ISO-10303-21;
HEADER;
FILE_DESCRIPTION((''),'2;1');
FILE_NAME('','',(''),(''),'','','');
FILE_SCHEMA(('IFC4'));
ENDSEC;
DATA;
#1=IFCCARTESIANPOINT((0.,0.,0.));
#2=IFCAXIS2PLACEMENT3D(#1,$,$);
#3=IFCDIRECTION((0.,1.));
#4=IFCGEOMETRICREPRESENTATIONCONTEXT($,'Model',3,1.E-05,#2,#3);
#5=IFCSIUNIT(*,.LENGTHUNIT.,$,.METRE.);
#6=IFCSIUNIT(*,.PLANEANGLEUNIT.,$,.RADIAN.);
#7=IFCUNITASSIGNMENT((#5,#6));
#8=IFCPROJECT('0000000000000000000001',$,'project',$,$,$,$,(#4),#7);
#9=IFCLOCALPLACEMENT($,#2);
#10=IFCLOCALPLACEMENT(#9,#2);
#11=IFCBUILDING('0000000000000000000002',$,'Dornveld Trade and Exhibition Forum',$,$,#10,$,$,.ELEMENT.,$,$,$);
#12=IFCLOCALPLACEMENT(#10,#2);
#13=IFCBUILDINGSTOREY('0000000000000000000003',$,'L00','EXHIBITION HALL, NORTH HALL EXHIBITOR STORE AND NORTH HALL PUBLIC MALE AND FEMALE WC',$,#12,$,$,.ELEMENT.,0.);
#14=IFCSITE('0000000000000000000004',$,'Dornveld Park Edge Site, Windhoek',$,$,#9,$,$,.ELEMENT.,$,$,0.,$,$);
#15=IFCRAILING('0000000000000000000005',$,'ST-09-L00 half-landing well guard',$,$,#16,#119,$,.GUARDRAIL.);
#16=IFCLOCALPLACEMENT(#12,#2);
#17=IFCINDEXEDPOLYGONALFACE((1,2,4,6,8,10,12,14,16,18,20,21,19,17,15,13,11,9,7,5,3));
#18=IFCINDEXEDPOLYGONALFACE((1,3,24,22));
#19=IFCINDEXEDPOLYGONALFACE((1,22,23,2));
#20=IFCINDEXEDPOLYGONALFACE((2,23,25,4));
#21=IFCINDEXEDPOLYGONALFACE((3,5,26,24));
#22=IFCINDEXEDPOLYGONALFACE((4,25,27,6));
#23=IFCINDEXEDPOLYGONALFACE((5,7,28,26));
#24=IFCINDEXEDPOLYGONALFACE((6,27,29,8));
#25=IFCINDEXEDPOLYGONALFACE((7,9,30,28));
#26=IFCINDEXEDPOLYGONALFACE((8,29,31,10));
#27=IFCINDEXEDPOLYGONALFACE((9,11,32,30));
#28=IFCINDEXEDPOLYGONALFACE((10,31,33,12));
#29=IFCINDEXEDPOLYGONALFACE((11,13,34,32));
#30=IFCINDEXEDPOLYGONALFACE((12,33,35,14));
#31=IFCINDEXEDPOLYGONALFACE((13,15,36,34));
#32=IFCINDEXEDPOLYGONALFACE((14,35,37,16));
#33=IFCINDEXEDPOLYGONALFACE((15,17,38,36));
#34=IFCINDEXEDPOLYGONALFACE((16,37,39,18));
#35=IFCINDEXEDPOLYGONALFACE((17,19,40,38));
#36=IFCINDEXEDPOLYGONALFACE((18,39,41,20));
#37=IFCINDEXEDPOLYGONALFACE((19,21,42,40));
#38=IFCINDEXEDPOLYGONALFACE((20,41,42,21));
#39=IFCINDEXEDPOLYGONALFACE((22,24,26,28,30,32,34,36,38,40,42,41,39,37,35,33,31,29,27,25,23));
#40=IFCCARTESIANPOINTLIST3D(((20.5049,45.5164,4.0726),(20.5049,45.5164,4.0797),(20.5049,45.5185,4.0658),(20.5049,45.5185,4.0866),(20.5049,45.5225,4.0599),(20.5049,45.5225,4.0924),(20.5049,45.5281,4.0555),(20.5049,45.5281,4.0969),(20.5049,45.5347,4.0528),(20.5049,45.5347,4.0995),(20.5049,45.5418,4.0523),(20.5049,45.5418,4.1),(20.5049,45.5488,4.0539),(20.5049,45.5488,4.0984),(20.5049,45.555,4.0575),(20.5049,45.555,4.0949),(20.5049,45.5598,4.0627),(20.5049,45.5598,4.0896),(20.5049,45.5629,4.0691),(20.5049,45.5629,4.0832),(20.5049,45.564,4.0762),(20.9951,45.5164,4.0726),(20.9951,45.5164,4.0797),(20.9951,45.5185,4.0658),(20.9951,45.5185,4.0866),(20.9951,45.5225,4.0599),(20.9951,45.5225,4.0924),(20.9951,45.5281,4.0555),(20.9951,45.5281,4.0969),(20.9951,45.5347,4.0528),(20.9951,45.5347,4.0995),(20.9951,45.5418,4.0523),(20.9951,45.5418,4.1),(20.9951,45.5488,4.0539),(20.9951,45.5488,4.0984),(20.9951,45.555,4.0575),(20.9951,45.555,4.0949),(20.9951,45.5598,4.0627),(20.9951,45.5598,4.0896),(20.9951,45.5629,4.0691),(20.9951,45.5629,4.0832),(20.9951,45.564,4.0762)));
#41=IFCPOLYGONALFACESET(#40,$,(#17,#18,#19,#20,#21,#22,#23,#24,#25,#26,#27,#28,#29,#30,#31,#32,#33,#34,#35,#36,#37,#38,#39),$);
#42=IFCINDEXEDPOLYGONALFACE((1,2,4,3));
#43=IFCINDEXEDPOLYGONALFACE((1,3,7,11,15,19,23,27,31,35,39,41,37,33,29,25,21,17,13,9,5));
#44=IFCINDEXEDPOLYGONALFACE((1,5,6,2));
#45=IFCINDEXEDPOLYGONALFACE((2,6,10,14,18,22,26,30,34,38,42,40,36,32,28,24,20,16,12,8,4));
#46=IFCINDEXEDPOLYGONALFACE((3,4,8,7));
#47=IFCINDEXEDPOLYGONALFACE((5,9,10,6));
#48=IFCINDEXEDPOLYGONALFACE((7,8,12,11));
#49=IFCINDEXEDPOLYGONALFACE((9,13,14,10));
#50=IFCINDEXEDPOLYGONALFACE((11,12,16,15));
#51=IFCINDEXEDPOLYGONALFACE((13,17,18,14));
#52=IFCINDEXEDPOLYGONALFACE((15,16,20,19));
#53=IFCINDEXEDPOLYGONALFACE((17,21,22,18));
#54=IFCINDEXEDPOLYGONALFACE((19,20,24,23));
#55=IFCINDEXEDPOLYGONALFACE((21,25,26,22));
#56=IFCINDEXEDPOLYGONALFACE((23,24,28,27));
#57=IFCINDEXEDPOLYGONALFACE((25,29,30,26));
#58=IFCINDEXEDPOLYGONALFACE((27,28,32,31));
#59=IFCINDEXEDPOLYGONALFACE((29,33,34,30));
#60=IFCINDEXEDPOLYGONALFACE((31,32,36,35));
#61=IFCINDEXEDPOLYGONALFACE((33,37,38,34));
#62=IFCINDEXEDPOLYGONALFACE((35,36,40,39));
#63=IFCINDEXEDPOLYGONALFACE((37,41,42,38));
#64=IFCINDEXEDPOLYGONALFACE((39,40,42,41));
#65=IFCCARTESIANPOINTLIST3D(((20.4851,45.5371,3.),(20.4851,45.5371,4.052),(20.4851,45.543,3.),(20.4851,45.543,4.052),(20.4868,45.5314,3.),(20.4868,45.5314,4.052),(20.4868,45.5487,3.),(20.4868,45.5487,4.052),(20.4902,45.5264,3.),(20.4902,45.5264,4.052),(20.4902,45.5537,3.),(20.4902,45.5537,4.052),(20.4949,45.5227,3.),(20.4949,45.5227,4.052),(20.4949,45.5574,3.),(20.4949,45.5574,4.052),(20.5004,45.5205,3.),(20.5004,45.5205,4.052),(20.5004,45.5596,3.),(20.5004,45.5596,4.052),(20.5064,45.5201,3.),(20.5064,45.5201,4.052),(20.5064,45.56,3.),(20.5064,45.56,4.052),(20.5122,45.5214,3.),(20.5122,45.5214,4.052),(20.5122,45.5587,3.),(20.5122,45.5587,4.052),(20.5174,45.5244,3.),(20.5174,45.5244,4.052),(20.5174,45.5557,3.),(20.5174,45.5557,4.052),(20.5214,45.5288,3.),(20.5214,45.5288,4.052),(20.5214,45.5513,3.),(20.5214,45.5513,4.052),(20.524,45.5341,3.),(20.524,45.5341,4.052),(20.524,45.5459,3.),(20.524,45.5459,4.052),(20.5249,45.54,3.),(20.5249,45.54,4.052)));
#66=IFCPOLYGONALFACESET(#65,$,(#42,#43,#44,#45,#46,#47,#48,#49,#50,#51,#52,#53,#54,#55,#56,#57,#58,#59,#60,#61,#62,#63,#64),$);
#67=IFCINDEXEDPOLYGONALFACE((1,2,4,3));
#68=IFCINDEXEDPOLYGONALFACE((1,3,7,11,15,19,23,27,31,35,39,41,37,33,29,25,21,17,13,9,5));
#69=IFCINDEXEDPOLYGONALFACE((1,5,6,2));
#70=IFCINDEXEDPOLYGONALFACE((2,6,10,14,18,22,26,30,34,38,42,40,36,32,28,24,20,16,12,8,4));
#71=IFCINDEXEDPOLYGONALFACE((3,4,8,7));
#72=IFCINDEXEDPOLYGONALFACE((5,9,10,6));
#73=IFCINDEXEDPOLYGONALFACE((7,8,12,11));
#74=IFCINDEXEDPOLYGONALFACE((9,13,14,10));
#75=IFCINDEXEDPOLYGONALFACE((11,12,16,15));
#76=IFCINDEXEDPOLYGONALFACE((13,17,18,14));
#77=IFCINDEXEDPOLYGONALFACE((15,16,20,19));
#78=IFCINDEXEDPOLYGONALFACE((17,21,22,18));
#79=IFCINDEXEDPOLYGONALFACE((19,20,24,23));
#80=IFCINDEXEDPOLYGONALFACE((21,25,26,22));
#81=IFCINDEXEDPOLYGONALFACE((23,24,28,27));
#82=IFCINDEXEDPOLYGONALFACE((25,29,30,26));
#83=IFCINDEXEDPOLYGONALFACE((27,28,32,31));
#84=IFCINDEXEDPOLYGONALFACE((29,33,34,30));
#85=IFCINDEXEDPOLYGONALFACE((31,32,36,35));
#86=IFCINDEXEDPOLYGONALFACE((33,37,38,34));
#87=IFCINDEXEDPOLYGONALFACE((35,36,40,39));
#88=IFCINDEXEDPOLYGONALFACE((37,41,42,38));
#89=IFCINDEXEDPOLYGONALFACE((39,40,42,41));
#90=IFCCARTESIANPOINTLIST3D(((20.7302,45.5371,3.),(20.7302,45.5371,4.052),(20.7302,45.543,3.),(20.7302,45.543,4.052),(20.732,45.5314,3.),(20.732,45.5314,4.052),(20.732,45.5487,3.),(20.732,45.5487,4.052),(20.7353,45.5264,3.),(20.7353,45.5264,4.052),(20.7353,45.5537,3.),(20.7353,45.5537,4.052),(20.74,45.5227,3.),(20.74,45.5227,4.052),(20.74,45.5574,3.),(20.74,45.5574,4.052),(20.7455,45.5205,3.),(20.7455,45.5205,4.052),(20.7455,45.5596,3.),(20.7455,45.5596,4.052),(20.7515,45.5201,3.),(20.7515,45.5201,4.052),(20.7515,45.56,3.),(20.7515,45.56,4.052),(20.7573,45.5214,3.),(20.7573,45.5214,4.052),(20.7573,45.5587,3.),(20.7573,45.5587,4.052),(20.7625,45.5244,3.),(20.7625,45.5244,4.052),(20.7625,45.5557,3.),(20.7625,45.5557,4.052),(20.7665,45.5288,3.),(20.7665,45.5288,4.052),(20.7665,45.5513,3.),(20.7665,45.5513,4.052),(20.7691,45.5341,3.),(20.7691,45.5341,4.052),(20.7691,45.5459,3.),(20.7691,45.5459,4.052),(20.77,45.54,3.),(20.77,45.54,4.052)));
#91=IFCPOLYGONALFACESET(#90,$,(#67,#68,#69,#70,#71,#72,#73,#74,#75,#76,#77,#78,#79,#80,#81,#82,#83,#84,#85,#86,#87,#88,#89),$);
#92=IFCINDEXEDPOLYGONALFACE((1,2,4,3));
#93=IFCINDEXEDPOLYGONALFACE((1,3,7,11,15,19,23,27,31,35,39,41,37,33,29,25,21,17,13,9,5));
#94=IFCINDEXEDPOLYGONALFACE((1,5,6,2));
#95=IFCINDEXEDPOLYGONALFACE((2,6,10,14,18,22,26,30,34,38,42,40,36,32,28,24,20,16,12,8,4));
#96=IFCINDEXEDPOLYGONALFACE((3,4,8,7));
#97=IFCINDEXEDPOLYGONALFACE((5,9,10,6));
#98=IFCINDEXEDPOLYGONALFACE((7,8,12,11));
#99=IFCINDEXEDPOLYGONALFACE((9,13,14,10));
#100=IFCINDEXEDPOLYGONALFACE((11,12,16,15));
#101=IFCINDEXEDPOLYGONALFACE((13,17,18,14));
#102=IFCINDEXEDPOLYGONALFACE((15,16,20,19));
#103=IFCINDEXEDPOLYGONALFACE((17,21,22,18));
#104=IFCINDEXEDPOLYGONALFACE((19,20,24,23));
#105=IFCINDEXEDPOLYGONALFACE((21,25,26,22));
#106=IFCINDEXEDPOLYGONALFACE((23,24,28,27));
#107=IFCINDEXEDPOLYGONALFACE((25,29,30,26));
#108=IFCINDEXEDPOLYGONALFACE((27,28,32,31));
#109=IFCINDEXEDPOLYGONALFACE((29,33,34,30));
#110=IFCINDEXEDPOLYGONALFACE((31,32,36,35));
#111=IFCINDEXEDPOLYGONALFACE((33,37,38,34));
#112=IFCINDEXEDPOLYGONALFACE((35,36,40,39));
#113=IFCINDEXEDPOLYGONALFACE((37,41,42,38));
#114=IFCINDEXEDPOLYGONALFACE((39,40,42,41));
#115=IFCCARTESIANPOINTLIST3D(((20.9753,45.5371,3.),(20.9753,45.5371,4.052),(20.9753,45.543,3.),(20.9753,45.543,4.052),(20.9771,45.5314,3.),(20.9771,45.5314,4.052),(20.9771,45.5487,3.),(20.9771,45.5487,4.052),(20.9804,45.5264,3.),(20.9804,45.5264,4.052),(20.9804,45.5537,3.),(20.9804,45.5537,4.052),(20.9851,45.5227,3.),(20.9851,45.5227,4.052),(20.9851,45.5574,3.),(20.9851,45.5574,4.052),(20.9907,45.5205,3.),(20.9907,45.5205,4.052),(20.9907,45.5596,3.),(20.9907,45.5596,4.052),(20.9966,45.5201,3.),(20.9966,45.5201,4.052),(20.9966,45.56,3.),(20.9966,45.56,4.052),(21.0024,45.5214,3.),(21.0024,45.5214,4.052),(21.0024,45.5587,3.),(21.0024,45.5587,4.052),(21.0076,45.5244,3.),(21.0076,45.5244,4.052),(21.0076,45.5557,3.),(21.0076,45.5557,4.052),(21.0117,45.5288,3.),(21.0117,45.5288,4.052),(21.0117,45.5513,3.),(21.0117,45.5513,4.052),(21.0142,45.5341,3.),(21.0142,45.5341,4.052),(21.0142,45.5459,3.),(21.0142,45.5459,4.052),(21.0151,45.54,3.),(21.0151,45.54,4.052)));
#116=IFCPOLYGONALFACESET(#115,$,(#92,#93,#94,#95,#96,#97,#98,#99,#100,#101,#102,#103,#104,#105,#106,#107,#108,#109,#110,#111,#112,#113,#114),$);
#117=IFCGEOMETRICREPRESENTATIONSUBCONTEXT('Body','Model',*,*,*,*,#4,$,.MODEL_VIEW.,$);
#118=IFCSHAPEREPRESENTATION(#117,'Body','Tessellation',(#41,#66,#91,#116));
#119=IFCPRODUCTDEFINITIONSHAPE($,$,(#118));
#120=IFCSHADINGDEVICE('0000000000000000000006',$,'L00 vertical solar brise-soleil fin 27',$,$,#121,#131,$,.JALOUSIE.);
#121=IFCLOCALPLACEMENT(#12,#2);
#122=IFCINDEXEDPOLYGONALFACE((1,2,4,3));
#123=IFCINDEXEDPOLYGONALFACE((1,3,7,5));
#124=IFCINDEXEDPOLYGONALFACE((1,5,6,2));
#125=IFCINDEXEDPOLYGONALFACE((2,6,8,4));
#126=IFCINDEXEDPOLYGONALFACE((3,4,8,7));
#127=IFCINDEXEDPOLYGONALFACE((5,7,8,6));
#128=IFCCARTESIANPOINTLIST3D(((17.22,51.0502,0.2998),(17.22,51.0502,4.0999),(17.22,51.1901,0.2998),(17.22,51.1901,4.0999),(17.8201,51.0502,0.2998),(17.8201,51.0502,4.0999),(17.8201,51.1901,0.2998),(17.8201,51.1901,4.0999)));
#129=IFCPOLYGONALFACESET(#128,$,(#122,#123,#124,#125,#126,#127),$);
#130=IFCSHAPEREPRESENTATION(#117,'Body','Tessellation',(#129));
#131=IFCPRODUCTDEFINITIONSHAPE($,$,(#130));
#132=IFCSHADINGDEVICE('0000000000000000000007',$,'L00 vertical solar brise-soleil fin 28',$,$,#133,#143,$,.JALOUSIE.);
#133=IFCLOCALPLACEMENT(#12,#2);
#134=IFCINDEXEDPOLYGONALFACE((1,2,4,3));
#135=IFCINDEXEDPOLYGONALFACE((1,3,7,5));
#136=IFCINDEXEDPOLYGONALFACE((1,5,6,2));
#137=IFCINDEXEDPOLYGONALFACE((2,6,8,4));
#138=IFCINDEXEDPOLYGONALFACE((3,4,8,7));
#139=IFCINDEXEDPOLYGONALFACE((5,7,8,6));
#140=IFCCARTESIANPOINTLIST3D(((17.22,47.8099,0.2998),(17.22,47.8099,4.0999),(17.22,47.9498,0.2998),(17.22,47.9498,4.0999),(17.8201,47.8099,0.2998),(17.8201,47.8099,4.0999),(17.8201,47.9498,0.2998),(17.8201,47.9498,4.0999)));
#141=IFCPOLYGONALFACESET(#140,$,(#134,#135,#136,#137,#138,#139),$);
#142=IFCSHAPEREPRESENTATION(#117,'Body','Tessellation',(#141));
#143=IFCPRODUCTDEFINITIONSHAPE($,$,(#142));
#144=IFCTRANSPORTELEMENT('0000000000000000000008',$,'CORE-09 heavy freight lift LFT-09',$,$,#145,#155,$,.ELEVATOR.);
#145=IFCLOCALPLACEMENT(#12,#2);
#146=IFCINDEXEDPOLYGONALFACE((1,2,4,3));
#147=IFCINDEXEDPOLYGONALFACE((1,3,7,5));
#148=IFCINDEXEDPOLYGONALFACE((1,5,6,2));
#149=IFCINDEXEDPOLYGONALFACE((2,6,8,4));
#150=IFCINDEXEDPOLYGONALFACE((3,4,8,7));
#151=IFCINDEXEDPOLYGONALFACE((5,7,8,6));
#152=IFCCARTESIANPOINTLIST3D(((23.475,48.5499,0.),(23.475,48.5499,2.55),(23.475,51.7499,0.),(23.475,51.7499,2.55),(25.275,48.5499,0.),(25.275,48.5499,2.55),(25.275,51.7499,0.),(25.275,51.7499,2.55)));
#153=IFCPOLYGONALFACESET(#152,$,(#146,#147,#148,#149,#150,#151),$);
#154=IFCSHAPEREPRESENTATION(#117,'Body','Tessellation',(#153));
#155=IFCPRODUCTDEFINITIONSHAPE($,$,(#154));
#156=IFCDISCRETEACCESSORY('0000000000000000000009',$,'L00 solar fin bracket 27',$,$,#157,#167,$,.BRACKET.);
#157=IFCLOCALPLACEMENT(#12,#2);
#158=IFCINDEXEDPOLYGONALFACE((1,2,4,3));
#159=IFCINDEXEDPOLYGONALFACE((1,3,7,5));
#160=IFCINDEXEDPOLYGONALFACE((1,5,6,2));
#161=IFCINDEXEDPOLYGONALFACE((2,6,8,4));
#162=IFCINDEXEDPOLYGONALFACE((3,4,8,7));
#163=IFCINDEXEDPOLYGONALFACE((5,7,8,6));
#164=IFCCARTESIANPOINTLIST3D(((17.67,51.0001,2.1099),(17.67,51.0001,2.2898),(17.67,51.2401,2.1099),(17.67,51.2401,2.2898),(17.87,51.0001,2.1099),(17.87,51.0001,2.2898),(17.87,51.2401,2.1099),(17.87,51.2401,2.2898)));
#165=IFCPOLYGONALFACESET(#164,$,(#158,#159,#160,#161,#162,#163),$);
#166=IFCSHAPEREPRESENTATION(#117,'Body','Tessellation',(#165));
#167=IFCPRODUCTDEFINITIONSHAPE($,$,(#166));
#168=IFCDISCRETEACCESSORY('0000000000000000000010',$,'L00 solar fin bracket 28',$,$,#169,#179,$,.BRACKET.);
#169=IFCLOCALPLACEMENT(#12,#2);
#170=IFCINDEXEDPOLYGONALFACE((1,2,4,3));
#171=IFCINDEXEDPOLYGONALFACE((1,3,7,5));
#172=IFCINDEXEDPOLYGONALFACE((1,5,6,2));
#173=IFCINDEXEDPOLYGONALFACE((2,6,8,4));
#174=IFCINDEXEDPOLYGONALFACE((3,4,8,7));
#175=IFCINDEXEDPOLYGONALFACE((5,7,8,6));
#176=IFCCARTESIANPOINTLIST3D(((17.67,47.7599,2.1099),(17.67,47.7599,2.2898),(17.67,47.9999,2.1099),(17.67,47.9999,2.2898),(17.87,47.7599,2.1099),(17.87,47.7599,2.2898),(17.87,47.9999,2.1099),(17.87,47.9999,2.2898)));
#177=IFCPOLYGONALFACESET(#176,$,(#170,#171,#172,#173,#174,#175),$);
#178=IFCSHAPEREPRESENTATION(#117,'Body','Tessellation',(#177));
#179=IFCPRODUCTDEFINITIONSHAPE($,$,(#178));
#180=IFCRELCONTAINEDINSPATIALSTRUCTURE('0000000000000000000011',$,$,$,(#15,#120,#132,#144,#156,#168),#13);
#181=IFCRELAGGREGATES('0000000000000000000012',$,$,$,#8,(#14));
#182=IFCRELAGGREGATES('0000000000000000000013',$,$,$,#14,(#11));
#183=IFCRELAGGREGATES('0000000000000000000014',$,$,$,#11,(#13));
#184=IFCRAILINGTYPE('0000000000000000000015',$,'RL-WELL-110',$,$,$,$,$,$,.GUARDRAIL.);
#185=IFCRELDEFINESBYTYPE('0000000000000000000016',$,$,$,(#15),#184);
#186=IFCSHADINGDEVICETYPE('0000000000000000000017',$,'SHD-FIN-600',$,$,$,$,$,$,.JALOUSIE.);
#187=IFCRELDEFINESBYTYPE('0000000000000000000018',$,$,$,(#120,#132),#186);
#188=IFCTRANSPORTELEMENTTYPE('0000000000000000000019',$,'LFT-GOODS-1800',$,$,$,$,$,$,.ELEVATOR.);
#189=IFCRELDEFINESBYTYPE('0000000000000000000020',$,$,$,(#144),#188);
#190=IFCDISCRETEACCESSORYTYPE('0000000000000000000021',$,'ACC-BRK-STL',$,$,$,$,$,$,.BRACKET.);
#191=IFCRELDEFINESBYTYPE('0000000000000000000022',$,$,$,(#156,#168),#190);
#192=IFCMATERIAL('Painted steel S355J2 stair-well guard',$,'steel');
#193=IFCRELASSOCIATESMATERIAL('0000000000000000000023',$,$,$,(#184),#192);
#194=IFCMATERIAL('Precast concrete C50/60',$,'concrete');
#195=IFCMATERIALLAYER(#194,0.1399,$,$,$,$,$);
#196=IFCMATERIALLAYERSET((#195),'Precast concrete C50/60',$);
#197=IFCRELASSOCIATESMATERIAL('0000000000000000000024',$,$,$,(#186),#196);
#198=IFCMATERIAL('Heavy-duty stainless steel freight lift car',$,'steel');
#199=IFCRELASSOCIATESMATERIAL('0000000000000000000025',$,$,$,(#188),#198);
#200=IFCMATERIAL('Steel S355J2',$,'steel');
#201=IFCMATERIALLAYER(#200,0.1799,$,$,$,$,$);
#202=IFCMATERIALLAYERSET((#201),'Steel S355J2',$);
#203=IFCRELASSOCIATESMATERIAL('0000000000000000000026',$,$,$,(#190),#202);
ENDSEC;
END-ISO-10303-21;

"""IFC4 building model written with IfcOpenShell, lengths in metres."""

from ifc_helpers import new_model, si_unit, direction, frame, origin, origin_2d, place, context, subcontext, project, spatial, rectangle, circle, extrude, material, layer, layer_set, type_object, element, save


model = new_model("IFC4")

# Units and contexts
model_context = context("Model", 3, precision=1e-05, world=origin(), true_north=direction((0.0, 1.0)))
body_context = subcontext(model_context, "Body", "Model", "MODEL_VIEW")
ifc_project = project(units=[si_unit("LENGTHUNIT", "METRE"), si_unit("PLANEANGLEUNIT", "RADIAN")], contexts=[model_context])

# Site, building, storey
site_placement = place(None, origin())
site = spatial("IfcSite", under=ifc_project, at=site_placement, Name="Dornveld Park Edge Site, Windhoek", CompositionType="ELEMENT", RefElevation=0.0)
building_placement = place(site_placement, origin())
building = spatial("IfcBuilding", under=site, at=building_placement, Name="Dornveld Trade and Exhibition Forum", CompositionType="ELEMENT")
storey_placement = place(building_placement, origin())
storey = spatial("IfcBuildingStorey", under=building, at=storey_placement, Name="L00", Description="EXHIBITION HALL, NORTH HALL EXHIBITOR STORE AND NORTH HALL PUBLIC MALE AND FEMALE WC", CompositionType="ELEMENT", Elevation=0.0)

# Railing
ifc_material_1 = material(Name="Painted steel S355J2 stair-well guard", Category="steel")
railing_type_1 = type_object("IfcRailingType", Name="RL-WELL-110", PredefinedType="GUARDRAIL", material=ifc_material_1)
railing_1_placement = place(storey_placement, frame((20.5049, 45.54, 3.0)))
element("IfcRailing", 1, at=railing_1_placement, inside=storey, type_object=railing_type_1, Name="ST-09-L00 half-landing well guard", PredefinedType="GUARDRAIL", context=body_context, shape_type="SweptSolid", body=[
    extrude(circle(Radius=0.0239, at=origin_2d()), frame((0.0, 0.0, 1.0762), z_axis=(1.0, 0.0, 0.0), x_axis=(0.0, 1.0, 0.0)), (0.0, 0.0, 1.0), 0.4902),
    extrude(circle(Radius=0.02, at=origin_2d()), origin(), (0.0, 0.0, 1.0), 1.052),
    extrude(circle(Radius=0.02, at=origin_2d()), frame((0.2451, 0.0, 0.0)), (0.0, 0.0, 1.0), 1.052),
    extrude(circle(Radius=0.02, at=origin_2d()), frame((0.4902, 0.0, 0.0)), (0.0, 0.0, 1.0), 1.052),
])

# Shading devices
ifc_material_2 = material(Name="Precast concrete C50/60", Category="concrete")
ifc_layer_1 = layer(ifc_material_2, 0.1399)
ifc_layer_set_1 = layer_set([ifc_layer_1], Name="Precast concrete C50/60")
shading_device_type = type_object("IfcShadingDeviceType", Name="SHD-FIN-600", PredefinedType="JALOUSIE", material=ifc_layer_set_1)
for number, where, z_axis, x_axis, name in (
    (2, (17.52, 51.1201, 0.2998), (0.0, 0.0, 1.0), (0.0, -1.0, 0.0), "L00 vertical solar brise-soleil fin 27"),
    (3, (17.52, 47.8799, 0.2998), (0.0, 0.0, 1.0), (0.0, -1.0, 0.0), "L00 vertical solar brise-soleil fin 28"),
):
    element("IfcShadingDevice", number, at=place(storey_placement, frame(where, z_axis=z_axis, x_axis=x_axis)), inside=storey, type_object=shading_device_type, Name=name, PredefinedType="JALOUSIE", context=body_context, shape_type="SweptSolid", body=[
        extrude(rectangle(XDim=0.1399, YDim=0.6001, at=origin_2d()), origin(), (0.0, 0.0, 1.0), 3.8),
    ])

# Transport element
ifc_material_3 = material(Name="Heavy-duty stainless steel freight lift car", Category="steel")
transport_element_type = type_object("IfcTransportElementType", Name="LFT-GOODS-1800", PredefinedType="ELEVATOR", material=ifc_material_3)
transport_element_placement = place(storey_placement, frame((24.375, 50.1499, 0.0), z_axis=(0.0, 0.0, 1.0), x_axis=(1.0, 0.0, 0.0)))
element("IfcTransportElement", 4, at=transport_element_placement, inside=storey, type_object=transport_element_type, Name="CORE-09 heavy freight lift LFT-09", PredefinedType="ELEVATOR", context=body_context, shape_type="SweptSolid", body=[
    extrude(rectangle(XDim=1.8, YDim=3.2, at=origin_2d()), origin(), (0.0, 0.0, 1.0), 2.55),
])

# Discrete accessories
ifc_material_4 = material(Name="Steel S355J2", Category="steel")
ifc_layer_2 = layer(ifc_material_4, 0.1799)
ifc_layer_set_2 = layer_set([ifc_layer_2], Name="Steel S355J2")
discrete_accessory_type = type_object("IfcDiscreteAccessoryType", Name="ACC-BRK-STL", PredefinedType="BRACKET", material=ifc_layer_set_2)
for number, where, z_axis, x_axis, name in (
    (5, (17.77, 51.1201, 2.1099), (0.0, 0.0, 1.0), (0.0, -1.0, 0.0), "L00 solar fin bracket 27"),
    (6, (17.77, 47.8799, 2.1099), (0.0, 0.0, 1.0), (0.0, -1.0, 0.0), "L00 solar fin bracket 28"),
):
    element("IfcDiscreteAccessory", number, at=place(storey_placement, frame(where, z_axis=z_axis, x_axis=x_axis)), inside=storey, type_object=discrete_accessory_type, Name=name, PredefinedType="BRACKET", context=body_context, shape_type="SweptSolid", body=[
        extrude(rectangle(XDim=0.24, YDim=0.2, at=origin_2d()), origin(), (0.0, 0.0, 1.0), 0.1799),
    ])

save(model, "model.ifc")
